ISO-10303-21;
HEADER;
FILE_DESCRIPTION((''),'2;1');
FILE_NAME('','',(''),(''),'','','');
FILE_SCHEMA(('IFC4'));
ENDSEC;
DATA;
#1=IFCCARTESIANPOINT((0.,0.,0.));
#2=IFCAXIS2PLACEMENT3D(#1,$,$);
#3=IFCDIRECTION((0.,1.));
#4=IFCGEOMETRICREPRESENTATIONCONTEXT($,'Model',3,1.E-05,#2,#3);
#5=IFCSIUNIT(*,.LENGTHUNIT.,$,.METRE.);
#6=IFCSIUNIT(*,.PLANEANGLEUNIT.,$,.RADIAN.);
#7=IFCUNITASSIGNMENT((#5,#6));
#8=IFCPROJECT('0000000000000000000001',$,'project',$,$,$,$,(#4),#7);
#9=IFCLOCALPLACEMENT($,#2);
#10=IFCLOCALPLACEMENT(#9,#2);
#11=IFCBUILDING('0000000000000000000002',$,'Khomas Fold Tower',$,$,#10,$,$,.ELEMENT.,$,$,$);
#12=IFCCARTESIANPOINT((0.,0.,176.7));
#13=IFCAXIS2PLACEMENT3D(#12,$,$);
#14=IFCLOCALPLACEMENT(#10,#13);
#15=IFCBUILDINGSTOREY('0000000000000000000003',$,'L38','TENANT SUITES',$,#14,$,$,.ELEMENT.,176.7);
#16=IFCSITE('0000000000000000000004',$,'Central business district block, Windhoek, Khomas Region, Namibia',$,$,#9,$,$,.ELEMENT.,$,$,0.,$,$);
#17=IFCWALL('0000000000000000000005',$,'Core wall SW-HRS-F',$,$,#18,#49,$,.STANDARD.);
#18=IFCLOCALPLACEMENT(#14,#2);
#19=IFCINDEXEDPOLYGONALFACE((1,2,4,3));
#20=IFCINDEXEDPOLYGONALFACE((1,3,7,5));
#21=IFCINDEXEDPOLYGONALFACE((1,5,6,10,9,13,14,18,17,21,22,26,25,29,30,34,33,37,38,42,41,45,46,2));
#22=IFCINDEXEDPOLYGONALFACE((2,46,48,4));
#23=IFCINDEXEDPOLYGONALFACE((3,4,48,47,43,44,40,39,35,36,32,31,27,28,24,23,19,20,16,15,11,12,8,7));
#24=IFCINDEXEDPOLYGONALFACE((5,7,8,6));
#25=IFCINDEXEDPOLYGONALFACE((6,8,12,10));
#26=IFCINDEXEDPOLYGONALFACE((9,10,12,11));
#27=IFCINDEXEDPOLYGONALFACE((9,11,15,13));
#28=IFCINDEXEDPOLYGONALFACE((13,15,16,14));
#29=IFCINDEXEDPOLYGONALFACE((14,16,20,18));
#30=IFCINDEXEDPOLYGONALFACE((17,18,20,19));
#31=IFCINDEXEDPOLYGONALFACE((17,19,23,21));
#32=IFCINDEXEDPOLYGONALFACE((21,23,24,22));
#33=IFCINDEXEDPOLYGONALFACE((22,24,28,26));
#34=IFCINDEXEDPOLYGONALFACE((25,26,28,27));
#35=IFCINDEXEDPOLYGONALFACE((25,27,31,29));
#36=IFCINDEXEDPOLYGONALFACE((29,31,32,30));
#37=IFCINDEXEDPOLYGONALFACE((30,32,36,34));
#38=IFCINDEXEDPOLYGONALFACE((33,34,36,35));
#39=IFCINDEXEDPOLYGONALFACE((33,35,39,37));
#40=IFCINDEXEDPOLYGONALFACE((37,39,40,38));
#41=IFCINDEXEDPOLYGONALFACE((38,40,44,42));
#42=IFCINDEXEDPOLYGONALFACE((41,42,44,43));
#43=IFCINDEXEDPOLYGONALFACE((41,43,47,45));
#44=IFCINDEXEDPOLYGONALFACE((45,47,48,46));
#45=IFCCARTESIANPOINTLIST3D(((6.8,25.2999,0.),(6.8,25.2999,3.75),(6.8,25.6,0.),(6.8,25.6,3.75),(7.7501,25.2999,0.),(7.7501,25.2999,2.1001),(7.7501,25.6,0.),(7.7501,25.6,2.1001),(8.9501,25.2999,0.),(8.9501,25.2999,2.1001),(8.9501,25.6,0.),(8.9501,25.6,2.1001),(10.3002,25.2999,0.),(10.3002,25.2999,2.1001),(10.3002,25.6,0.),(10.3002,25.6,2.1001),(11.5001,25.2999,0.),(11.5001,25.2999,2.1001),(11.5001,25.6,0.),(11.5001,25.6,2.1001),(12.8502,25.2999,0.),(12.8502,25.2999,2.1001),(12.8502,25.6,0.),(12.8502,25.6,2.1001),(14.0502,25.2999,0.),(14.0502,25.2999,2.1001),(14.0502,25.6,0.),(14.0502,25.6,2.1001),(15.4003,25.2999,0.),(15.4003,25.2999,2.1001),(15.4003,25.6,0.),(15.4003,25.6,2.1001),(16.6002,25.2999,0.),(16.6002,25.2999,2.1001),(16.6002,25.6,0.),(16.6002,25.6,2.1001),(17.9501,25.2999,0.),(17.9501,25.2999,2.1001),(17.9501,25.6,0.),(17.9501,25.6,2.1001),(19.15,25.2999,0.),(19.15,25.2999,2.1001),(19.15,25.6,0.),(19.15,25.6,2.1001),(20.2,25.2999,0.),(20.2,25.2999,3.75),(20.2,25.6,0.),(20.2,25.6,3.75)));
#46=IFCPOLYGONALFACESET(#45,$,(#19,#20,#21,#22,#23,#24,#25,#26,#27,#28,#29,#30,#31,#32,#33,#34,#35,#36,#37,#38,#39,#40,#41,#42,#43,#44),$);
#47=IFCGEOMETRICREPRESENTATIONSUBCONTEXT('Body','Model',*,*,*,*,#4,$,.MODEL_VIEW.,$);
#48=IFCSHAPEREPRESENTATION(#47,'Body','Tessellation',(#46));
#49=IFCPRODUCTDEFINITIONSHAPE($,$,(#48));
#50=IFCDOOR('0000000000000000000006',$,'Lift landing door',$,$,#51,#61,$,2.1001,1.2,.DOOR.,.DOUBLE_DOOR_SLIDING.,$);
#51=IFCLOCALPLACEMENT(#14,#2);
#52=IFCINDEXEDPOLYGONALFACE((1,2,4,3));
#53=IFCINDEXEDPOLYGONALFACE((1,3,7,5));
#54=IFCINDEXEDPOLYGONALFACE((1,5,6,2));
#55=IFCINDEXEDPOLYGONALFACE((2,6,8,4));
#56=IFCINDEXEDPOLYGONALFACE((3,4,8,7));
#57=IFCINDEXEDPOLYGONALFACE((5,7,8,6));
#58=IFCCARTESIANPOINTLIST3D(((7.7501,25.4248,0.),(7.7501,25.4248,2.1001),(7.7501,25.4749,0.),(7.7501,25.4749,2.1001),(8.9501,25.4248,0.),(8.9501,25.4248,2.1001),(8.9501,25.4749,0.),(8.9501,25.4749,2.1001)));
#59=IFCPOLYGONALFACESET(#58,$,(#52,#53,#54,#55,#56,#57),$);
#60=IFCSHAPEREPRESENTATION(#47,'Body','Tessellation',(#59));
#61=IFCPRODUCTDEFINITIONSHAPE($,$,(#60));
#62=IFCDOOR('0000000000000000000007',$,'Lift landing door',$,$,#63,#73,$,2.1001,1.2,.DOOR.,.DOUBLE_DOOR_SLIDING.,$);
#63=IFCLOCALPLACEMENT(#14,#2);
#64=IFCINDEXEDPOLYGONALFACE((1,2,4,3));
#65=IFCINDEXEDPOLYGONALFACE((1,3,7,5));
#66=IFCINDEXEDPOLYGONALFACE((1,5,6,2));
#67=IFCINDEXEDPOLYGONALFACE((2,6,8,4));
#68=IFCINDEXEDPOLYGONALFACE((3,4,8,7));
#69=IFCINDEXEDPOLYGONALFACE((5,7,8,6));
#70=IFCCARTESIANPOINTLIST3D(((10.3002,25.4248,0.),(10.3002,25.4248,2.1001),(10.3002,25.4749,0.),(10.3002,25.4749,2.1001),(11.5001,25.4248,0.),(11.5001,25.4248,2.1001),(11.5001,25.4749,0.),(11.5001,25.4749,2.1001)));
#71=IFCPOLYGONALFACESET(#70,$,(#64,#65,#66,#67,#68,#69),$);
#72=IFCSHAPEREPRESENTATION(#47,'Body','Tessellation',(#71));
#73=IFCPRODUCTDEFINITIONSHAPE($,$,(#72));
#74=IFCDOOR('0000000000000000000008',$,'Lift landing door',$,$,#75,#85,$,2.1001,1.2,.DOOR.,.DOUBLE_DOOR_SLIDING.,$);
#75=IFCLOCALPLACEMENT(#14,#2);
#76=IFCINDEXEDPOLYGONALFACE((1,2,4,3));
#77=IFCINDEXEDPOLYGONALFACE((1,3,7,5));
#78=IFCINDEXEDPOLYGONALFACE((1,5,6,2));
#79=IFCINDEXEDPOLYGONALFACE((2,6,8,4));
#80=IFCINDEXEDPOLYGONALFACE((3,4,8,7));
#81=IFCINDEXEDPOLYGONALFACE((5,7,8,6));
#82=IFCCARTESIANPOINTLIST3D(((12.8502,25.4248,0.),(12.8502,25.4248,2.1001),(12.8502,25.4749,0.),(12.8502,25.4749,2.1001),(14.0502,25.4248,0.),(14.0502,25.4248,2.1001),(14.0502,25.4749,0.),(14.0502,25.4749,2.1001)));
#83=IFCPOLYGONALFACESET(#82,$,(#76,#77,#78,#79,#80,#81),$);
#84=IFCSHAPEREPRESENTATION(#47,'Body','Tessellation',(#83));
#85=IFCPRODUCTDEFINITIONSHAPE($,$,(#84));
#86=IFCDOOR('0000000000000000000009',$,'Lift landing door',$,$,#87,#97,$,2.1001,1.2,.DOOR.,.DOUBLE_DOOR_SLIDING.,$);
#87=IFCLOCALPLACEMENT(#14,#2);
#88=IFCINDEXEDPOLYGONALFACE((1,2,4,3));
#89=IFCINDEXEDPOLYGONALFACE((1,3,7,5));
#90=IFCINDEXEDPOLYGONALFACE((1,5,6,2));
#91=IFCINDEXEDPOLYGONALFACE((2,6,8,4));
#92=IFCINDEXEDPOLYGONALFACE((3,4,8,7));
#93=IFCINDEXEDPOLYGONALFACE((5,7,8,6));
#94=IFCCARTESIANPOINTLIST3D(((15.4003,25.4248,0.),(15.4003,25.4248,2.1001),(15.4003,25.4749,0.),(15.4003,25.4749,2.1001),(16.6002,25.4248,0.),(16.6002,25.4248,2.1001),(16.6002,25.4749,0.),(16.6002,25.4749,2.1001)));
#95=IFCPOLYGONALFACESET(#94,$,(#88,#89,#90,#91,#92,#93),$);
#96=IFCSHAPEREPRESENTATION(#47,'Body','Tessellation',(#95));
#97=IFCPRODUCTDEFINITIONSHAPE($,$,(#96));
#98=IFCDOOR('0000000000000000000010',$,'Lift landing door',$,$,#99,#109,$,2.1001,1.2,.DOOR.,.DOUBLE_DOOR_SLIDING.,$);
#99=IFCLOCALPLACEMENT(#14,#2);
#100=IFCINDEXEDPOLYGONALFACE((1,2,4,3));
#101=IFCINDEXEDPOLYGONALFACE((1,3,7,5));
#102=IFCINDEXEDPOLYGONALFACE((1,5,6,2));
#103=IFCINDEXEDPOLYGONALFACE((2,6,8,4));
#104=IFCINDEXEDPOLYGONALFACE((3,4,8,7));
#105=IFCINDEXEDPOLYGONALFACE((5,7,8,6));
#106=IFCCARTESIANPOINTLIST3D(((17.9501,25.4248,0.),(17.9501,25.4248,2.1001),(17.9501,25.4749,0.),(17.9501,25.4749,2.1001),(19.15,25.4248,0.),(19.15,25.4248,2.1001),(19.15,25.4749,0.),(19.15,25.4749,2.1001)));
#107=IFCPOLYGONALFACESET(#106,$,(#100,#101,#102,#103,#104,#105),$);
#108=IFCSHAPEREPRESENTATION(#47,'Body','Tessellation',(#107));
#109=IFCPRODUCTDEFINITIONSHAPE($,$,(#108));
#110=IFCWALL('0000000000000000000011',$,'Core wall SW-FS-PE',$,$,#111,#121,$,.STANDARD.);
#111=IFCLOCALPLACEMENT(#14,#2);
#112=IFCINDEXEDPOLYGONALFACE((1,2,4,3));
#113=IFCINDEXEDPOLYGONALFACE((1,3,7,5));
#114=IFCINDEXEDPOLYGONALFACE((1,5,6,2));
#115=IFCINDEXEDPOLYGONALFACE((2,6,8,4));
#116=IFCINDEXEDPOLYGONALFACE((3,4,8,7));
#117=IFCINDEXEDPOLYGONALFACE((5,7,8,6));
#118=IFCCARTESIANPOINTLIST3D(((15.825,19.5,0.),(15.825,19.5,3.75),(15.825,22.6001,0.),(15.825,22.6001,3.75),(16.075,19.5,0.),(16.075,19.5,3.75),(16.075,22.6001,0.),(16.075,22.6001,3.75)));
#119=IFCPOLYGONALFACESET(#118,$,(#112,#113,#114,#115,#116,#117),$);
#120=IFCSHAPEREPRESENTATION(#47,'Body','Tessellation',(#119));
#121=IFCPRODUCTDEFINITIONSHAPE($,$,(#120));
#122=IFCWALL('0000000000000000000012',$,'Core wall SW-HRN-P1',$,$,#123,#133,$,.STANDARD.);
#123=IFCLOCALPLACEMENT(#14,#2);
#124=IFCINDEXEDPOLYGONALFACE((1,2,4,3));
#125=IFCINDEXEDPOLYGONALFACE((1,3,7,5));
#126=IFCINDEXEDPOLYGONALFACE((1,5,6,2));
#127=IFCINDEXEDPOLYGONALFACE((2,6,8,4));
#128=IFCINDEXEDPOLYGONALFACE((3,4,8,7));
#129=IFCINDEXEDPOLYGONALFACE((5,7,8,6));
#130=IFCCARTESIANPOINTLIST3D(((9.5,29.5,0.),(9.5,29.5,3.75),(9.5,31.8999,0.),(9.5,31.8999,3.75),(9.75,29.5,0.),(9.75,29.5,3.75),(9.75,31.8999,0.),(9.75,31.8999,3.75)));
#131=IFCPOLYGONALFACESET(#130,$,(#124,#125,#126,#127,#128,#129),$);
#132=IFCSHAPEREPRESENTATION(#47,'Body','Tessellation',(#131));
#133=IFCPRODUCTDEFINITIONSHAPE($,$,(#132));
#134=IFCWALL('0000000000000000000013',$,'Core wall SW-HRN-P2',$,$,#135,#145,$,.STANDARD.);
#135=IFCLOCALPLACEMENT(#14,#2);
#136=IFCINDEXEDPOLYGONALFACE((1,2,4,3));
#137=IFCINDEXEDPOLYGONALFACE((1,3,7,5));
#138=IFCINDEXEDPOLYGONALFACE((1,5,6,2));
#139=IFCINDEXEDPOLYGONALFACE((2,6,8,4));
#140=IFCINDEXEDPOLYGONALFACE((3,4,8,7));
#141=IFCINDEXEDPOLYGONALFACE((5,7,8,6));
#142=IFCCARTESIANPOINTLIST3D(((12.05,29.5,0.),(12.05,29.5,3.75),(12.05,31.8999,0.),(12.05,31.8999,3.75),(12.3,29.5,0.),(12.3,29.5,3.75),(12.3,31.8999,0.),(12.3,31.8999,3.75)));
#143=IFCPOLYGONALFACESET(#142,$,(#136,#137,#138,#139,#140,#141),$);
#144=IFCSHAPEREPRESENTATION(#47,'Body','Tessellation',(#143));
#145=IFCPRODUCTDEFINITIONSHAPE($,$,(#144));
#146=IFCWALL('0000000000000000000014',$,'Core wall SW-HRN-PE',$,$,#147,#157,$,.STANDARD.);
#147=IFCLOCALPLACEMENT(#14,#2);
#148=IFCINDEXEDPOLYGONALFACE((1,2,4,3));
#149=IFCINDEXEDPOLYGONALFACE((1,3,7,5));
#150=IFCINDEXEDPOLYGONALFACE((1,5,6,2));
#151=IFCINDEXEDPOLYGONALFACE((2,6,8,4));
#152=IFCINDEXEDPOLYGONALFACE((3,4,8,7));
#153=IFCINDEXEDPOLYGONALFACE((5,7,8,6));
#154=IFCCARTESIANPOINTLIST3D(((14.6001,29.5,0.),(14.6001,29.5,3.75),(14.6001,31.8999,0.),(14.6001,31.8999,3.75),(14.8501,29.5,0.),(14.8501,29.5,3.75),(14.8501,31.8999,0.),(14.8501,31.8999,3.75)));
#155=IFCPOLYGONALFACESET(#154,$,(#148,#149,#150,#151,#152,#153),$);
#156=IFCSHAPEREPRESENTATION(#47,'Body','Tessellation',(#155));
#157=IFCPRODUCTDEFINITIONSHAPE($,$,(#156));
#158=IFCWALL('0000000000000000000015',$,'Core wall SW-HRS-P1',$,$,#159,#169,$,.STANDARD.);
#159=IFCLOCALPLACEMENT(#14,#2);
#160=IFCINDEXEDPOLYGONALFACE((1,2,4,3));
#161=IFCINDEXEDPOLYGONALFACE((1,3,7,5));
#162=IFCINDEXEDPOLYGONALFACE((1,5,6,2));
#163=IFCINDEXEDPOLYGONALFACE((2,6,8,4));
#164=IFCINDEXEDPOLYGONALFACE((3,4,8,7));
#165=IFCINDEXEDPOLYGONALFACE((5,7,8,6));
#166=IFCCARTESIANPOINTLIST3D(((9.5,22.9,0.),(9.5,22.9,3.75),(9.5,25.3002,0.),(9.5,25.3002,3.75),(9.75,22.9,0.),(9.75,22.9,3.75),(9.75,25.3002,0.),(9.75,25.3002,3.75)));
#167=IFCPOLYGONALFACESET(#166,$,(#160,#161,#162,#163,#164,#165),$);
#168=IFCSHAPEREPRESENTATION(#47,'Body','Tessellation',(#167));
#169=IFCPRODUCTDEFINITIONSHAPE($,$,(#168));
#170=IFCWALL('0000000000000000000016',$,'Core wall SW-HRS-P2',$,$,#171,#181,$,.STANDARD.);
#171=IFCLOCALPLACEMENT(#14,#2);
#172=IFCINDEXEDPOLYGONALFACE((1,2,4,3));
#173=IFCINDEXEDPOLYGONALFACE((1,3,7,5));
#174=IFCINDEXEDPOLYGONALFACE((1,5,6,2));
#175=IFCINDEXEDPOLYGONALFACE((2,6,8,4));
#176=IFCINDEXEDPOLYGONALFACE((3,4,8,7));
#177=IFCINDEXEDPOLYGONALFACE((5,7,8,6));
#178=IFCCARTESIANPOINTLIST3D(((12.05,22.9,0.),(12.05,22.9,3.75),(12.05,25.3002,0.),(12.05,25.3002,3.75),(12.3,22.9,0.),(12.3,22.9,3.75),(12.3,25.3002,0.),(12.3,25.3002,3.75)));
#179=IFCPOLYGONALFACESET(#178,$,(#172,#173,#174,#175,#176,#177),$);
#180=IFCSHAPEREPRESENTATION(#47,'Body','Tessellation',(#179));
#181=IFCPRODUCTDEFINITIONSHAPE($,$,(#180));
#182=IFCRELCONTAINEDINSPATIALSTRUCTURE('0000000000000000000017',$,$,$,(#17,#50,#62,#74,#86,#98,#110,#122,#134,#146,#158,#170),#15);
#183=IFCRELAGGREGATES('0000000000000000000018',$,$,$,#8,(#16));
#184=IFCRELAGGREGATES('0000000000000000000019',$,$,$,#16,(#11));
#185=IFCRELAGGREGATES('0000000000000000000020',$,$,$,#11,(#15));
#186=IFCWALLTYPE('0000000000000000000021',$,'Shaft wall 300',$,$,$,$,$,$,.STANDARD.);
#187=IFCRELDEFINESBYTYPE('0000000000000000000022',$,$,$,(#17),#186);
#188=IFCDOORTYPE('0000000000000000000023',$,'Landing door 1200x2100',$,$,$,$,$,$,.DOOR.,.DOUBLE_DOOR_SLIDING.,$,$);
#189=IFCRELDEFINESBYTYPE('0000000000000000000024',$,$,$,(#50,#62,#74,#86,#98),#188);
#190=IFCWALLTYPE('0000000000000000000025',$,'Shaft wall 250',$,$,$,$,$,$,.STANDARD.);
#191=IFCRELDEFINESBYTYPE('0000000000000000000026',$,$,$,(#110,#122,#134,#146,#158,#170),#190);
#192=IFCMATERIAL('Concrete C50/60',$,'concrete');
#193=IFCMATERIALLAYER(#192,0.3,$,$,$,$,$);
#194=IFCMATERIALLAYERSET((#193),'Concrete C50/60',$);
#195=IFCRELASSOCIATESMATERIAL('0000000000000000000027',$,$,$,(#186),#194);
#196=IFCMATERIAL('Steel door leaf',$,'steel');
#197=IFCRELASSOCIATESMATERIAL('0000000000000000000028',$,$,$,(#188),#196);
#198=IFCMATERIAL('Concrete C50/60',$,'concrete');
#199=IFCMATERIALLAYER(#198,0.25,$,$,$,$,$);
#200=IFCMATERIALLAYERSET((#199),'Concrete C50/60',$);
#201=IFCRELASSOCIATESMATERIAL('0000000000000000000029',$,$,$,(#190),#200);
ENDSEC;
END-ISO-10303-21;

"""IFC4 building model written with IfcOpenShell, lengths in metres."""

from ifc_helpers import new_model, si_unit, direction, frame, frame_2d, origin, place, context, subcontext, project, spatial, rectangle, extrude, source, transform, mapped, material, layer, layer_set, type_object, element, fill, save


model = new_model("IFC4")

# Units and contexts
model_context = context("Model", 3, precision=1e-05, world=origin(), true_north=direction((0.0, 1.0)))
body_context = subcontext(model_context, "Body", "Model", "MODEL_VIEW")
ifc_project = project(units=[si_unit("LENGTHUNIT", "METRE"), si_unit("PLANEANGLEUNIT", "RADIAN")], contexts=[model_context])

# Site, building, storey
site_placement = place(None, origin())
site = spatial("IfcSite", under=ifc_project, at=site_placement, Name="Central business district block, Windhoek, Khomas Region, Namibia", CompositionType="ELEMENT", RefElevation=0.0)
building_placement = place(site_placement, origin())
building = spatial("IfcBuilding", under=site, at=building_placement, Name="Khomas Fold Tower", CompositionType="ELEMENT")
storey_placement = place(building_placement, frame((0.0, 0.0, 176.7)))
storey = spatial("IfcBuildingStorey", under=building, at=storey_placement, Name="L38", Description="TENANT SUITES", CompositionType="ELEMENT", Elevation=176.7)

# Wall, openings, doors
ifc_material_1 = material(Name="Concrete C50/60", Category="concrete")
ifc_layer_1 = layer(ifc_material_1, 0.3)
ifc_layer_set_1 = layer_set([ifc_layer_1], Name="Concrete C50/60")
wall_type_1 = type_object("IfcWallType", Name="Shaft wall 300", PredefinedType="STANDARD", material=ifc_layer_set_1)
shared_shape_1 = source(origin(), body_context, "Body", "SweptSolid", [
    extrude(rectangle(XDim=13.3999, YDim=0.3, at=frame_2d((6.7, 0.0))), origin(), (0.0, 0.0, 1.0), 3.75),
])
shared_shape_2 = source(origin(), body_context, "Body", "SweptSolid", [
    extrude(rectangle(XDim=1.2, YDim=2.1001, at=frame_2d((0.6001, 1.05))), frame((0.0, 0.1599, 0.0), z_axis=(0.0, -1.0, 0.0), x_axis=(1.0, 0.0, 0.0)), (0.0, 0.0, 1.0), 0.3201),
])
ifc_material_2 = material(Name="Steel door leaf", Category="steel")
door_type = type_object("IfcDoorType", Name="Landing door 1200x2100", OperationType="DOUBLE_DOOR_SLIDING", PredefinedType="DOOR", material=ifc_material_2)
shared_shape_3 = source(origin(), body_context, "Body", "SweptSolid", [
    extrude(rectangle(XDim=1.2, YDim=2.1001, at=frame_2d((0.6001, 1.05))), frame((0.0, 0.0249, 0.0), z_axis=(0.0, -1.0, 0.0), x_axis=(1.0, 0.0, 0.0)), (0.0, 0.0, 1.0), 0.05),
])
wall_1_placement = place(storey_placement, frame((6.8, 25.45, 0.0), z_axis=(0.0, 0.0, 1.0), x_axis=(1.0, 0.0, 0.0)))
wall_1 = element("IfcWall", 1, at=wall_1_placement, inside=storey, type_object=wall_type_1, Name="Core wall SW-HRS-F", PredefinedType="STANDARD", context=body_context, shape_type="MappedRepresentation", body=[
    mapped(shared_shape_1, transform((0.0, 0.0, 0.0))),
])
opening_1_placement = place(wall_1_placement, frame((0.95, 0.0, 0.0)))
opening_1 = element("IfcOpeningElement", 2, at=opening_1_placement, cuts=wall_1, PredefinedType="OPENING", context=body_context, shape_type="MappedRepresentation", body=[
    mapped(shared_shape_2, transform((0.0, 0.0, 0.0))),
])
opening_2_placement = place(wall_1_placement, frame((3.5, 0.0, 0.0)))
opening_2 = element("IfcOpeningElement", 3, at=opening_2_placement, cuts=wall_1, PredefinedType="OPENING", context=body_context, shape_type="MappedRepresentation", body=[
    mapped(shared_shape_2, transform((0.0, 0.0, 0.0))),
])
opening_3_placement = place(wall_1_placement, frame((6.05, 0.0, 0.0)))
opening_3 = element("IfcOpeningElement", 4, at=opening_3_placement, cuts=wall_1, PredefinedType="OPENING", context=body_context, shape_type="MappedRepresentation", body=[
    mapped(shared_shape_2, transform((0.0, 0.0, 0.0))),
])
opening_4_placement = place(wall_1_placement, frame((8.6001, 0.0, 0.0)))
opening_4 = element("IfcOpeningElement", 5, at=opening_4_placement, cuts=wall_1, PredefinedType="OPENING", context=body_context, shape_type="MappedRepresentation", body=[
    mapped(shared_shape_2, transform((0.0, 0.0, 0.0))),
])
opening_5_placement = place(wall_1_placement, frame((11.1499, 0.0, 0.0)))
opening_5 = element("IfcOpeningElement", 6, at=opening_5_placement, cuts=wall_1, PredefinedType="OPENING", context=body_context, shape_type="MappedRepresentation", body=[
    mapped(shared_shape_2, transform((0.0, 0.0, 0.0))),
])
door_1_placement = place(opening_1_placement, origin())
door_1 = element("IfcDoor", 7, at=door_1_placement, inside=storey, type_object=door_type, Name="Lift landing door", OperationType="DOUBLE_DOOR_SLIDING", OverallHeight=2.1001, OverallWidth=1.2, PredefinedType="DOOR", context=body_context, shape_type="MappedRepresentation", body=[
    mapped(shared_shape_3, transform((0.0, 0.0, 0.0))),
])
fill(opening_1, door_1)
door_2_placement = place(opening_2_placement, origin())
door_2 = element("IfcDoor", 8, at=door_2_placement, inside=storey, type_object=door_type, Name="Lift landing door", OperationType="DOUBLE_DOOR_SLIDING", OverallHeight=2.1001, OverallWidth=1.2, PredefinedType="DOOR", context=body_context, shape_type="MappedRepresentation", body=[
    mapped(shared_shape_3, transform((0.0, 0.0, 0.0))),
])
fill(opening_2, door_2)
door_3_placement = place(opening_3_placement, origin())
door_3 = element("IfcDoor", 9, at=door_3_placement, inside=storey, type_object=door_type, Name="Lift landing door", OperationType="DOUBLE_DOOR_SLIDING", OverallHeight=2.1001, OverallWidth=1.2, PredefinedType="DOOR", context=body_context, shape_type="MappedRepresentation", body=[
    mapped(shared_shape_3, transform((0.0, 0.0, 0.0))),
])
fill(opening_3, door_3)
door_4_placement = place(opening_4_placement, origin())
door_4 = element("IfcDoor", 10, at=door_4_placement, inside=storey, type_object=door_type, Name="Lift landing door", OperationType="DOUBLE_DOOR_SLIDING", OverallHeight=2.1001, OverallWidth=1.2, PredefinedType="DOOR", context=body_context, shape_type="MappedRepresentation", body=[
    mapped(shared_shape_3, transform((0.0, 0.0, 0.0))),
])
fill(opening_4, door_4)
door_5_placement = place(opening_5_placement, origin())
door_5 = element("IfcDoor", 11, at=door_5_placement, inside=storey, type_object=door_type, Name="Lift landing door", OperationType="DOUBLE_DOOR_SLIDING", OverallHeight=2.1001, OverallWidth=1.2, PredefinedType="DOOR", context=body_context, shape_type="MappedRepresentation", body=[
    mapped(shared_shape_3, transform((0.0, 0.0, 0.0))),
])
fill(opening_5, door_5)

# Walls
ifc_material_3 = material(Name="Concrete C50/60", Category="concrete")
ifc_layer_2 = layer(ifc_material_3, 0.25)
ifc_layer_set_2 = layer_set([ifc_layer_2], Name="Concrete C50/60")
wall_type_2 = type_object("IfcWallType", Name="Shaft wall 250", PredefinedType="STANDARD", material=ifc_layer_set_2)
shared_shape_4 = source(origin(), body_context, "Body", "SweptSolid", [
    extrude(rectangle(XDim=3.1001, YDim=0.25, at=frame_2d((1.55, 0.0))), origin(), (0.0, 0.0, 1.0), 3.75),
])
wall_2_placement = place(storey_placement, frame((15.95, 19.5, 0.0), z_axis=(0.0, 0.0, 1.0), x_axis=(0.0, 1.0, 0.0)))
element("IfcWall", 12, at=wall_2_placement, inside=storey, type_object=wall_type_2, Name="Core wall SW-FS-PE", PredefinedType="STANDARD", context=body_context, shape_type="MappedRepresentation", body=[
    mapped(shared_shape_4, transform((0.0, 0.0, 0.0))),
])
shared_shape_5 = source(origin(), body_context, "Body", "SweptSolid", [
    extrude(rectangle(XDim=2.3999, YDim=0.25, at=frame_2d((1.2, 0.0))), origin(), (0.0, 0.0, 1.0), 3.75),
])
for number, where, z_axis, x_axis, name in (
    (13, (9.625, 29.5, 0.0), (0.0, 0.0, 1.0), (0.0, 1.0, 0.0), "Core wall SW-HRN-P1"),
    (14, (12.175, 29.5, 0.0), (0.0, 0.0, 1.0), (0.0, 1.0, 0.0), "Core wall SW-HRN-P2"),
    (15, (14.7251, 29.5, 0.0), (0.0, 0.0, 1.0), (0.0, 1.0, 0.0), "Core wall SW-HRN-PE"),
):
    element("IfcWall", number, at=place(storey_placement, frame(where, z_axis=z_axis, x_axis=x_axis)), inside=storey, type_object=wall_type_2, Name=name, PredefinedType="STANDARD", context=body_context, shape_type="MappedRepresentation", body=[
        mapped(shared_shape_5, transform((0.0, 0.0, 0.0))),
    ])
shared_shape_6 = source(origin(), body_context, "Body", "SweptSolid", [
    extrude(rectangle(XDim=2.4001, YDim=0.25, at=frame_2d((1.2002, 0.0))), origin(), (0.0, 0.0, 1.0), 3.75),
])
for number, where, z_axis, x_axis, name in (
    (16, (9.625, 22.8999, 0.0), (0.0, 0.0, 1.0), (0.0, 1.0, 0.0), "Core wall SW-HRS-P1"),
    (17, (12.175, 22.8999, 0.0), (0.0, 0.0, 1.0), (0.0, 1.0, 0.0), "Core wall SW-HRS-P2"),
):
    element("IfcWall", number, at=place(storey_placement, frame(where, z_axis=z_axis, x_axis=x_axis)), inside=storey, type_object=wall_type_2, Name=name, PredefinedType="STANDARD", context=body_context, shape_type="MappedRepresentation", body=[
        mapped(shared_shape_6, transform((0.0, 0.0, 0.0))),
    ])

save(model, "model.ifc")
